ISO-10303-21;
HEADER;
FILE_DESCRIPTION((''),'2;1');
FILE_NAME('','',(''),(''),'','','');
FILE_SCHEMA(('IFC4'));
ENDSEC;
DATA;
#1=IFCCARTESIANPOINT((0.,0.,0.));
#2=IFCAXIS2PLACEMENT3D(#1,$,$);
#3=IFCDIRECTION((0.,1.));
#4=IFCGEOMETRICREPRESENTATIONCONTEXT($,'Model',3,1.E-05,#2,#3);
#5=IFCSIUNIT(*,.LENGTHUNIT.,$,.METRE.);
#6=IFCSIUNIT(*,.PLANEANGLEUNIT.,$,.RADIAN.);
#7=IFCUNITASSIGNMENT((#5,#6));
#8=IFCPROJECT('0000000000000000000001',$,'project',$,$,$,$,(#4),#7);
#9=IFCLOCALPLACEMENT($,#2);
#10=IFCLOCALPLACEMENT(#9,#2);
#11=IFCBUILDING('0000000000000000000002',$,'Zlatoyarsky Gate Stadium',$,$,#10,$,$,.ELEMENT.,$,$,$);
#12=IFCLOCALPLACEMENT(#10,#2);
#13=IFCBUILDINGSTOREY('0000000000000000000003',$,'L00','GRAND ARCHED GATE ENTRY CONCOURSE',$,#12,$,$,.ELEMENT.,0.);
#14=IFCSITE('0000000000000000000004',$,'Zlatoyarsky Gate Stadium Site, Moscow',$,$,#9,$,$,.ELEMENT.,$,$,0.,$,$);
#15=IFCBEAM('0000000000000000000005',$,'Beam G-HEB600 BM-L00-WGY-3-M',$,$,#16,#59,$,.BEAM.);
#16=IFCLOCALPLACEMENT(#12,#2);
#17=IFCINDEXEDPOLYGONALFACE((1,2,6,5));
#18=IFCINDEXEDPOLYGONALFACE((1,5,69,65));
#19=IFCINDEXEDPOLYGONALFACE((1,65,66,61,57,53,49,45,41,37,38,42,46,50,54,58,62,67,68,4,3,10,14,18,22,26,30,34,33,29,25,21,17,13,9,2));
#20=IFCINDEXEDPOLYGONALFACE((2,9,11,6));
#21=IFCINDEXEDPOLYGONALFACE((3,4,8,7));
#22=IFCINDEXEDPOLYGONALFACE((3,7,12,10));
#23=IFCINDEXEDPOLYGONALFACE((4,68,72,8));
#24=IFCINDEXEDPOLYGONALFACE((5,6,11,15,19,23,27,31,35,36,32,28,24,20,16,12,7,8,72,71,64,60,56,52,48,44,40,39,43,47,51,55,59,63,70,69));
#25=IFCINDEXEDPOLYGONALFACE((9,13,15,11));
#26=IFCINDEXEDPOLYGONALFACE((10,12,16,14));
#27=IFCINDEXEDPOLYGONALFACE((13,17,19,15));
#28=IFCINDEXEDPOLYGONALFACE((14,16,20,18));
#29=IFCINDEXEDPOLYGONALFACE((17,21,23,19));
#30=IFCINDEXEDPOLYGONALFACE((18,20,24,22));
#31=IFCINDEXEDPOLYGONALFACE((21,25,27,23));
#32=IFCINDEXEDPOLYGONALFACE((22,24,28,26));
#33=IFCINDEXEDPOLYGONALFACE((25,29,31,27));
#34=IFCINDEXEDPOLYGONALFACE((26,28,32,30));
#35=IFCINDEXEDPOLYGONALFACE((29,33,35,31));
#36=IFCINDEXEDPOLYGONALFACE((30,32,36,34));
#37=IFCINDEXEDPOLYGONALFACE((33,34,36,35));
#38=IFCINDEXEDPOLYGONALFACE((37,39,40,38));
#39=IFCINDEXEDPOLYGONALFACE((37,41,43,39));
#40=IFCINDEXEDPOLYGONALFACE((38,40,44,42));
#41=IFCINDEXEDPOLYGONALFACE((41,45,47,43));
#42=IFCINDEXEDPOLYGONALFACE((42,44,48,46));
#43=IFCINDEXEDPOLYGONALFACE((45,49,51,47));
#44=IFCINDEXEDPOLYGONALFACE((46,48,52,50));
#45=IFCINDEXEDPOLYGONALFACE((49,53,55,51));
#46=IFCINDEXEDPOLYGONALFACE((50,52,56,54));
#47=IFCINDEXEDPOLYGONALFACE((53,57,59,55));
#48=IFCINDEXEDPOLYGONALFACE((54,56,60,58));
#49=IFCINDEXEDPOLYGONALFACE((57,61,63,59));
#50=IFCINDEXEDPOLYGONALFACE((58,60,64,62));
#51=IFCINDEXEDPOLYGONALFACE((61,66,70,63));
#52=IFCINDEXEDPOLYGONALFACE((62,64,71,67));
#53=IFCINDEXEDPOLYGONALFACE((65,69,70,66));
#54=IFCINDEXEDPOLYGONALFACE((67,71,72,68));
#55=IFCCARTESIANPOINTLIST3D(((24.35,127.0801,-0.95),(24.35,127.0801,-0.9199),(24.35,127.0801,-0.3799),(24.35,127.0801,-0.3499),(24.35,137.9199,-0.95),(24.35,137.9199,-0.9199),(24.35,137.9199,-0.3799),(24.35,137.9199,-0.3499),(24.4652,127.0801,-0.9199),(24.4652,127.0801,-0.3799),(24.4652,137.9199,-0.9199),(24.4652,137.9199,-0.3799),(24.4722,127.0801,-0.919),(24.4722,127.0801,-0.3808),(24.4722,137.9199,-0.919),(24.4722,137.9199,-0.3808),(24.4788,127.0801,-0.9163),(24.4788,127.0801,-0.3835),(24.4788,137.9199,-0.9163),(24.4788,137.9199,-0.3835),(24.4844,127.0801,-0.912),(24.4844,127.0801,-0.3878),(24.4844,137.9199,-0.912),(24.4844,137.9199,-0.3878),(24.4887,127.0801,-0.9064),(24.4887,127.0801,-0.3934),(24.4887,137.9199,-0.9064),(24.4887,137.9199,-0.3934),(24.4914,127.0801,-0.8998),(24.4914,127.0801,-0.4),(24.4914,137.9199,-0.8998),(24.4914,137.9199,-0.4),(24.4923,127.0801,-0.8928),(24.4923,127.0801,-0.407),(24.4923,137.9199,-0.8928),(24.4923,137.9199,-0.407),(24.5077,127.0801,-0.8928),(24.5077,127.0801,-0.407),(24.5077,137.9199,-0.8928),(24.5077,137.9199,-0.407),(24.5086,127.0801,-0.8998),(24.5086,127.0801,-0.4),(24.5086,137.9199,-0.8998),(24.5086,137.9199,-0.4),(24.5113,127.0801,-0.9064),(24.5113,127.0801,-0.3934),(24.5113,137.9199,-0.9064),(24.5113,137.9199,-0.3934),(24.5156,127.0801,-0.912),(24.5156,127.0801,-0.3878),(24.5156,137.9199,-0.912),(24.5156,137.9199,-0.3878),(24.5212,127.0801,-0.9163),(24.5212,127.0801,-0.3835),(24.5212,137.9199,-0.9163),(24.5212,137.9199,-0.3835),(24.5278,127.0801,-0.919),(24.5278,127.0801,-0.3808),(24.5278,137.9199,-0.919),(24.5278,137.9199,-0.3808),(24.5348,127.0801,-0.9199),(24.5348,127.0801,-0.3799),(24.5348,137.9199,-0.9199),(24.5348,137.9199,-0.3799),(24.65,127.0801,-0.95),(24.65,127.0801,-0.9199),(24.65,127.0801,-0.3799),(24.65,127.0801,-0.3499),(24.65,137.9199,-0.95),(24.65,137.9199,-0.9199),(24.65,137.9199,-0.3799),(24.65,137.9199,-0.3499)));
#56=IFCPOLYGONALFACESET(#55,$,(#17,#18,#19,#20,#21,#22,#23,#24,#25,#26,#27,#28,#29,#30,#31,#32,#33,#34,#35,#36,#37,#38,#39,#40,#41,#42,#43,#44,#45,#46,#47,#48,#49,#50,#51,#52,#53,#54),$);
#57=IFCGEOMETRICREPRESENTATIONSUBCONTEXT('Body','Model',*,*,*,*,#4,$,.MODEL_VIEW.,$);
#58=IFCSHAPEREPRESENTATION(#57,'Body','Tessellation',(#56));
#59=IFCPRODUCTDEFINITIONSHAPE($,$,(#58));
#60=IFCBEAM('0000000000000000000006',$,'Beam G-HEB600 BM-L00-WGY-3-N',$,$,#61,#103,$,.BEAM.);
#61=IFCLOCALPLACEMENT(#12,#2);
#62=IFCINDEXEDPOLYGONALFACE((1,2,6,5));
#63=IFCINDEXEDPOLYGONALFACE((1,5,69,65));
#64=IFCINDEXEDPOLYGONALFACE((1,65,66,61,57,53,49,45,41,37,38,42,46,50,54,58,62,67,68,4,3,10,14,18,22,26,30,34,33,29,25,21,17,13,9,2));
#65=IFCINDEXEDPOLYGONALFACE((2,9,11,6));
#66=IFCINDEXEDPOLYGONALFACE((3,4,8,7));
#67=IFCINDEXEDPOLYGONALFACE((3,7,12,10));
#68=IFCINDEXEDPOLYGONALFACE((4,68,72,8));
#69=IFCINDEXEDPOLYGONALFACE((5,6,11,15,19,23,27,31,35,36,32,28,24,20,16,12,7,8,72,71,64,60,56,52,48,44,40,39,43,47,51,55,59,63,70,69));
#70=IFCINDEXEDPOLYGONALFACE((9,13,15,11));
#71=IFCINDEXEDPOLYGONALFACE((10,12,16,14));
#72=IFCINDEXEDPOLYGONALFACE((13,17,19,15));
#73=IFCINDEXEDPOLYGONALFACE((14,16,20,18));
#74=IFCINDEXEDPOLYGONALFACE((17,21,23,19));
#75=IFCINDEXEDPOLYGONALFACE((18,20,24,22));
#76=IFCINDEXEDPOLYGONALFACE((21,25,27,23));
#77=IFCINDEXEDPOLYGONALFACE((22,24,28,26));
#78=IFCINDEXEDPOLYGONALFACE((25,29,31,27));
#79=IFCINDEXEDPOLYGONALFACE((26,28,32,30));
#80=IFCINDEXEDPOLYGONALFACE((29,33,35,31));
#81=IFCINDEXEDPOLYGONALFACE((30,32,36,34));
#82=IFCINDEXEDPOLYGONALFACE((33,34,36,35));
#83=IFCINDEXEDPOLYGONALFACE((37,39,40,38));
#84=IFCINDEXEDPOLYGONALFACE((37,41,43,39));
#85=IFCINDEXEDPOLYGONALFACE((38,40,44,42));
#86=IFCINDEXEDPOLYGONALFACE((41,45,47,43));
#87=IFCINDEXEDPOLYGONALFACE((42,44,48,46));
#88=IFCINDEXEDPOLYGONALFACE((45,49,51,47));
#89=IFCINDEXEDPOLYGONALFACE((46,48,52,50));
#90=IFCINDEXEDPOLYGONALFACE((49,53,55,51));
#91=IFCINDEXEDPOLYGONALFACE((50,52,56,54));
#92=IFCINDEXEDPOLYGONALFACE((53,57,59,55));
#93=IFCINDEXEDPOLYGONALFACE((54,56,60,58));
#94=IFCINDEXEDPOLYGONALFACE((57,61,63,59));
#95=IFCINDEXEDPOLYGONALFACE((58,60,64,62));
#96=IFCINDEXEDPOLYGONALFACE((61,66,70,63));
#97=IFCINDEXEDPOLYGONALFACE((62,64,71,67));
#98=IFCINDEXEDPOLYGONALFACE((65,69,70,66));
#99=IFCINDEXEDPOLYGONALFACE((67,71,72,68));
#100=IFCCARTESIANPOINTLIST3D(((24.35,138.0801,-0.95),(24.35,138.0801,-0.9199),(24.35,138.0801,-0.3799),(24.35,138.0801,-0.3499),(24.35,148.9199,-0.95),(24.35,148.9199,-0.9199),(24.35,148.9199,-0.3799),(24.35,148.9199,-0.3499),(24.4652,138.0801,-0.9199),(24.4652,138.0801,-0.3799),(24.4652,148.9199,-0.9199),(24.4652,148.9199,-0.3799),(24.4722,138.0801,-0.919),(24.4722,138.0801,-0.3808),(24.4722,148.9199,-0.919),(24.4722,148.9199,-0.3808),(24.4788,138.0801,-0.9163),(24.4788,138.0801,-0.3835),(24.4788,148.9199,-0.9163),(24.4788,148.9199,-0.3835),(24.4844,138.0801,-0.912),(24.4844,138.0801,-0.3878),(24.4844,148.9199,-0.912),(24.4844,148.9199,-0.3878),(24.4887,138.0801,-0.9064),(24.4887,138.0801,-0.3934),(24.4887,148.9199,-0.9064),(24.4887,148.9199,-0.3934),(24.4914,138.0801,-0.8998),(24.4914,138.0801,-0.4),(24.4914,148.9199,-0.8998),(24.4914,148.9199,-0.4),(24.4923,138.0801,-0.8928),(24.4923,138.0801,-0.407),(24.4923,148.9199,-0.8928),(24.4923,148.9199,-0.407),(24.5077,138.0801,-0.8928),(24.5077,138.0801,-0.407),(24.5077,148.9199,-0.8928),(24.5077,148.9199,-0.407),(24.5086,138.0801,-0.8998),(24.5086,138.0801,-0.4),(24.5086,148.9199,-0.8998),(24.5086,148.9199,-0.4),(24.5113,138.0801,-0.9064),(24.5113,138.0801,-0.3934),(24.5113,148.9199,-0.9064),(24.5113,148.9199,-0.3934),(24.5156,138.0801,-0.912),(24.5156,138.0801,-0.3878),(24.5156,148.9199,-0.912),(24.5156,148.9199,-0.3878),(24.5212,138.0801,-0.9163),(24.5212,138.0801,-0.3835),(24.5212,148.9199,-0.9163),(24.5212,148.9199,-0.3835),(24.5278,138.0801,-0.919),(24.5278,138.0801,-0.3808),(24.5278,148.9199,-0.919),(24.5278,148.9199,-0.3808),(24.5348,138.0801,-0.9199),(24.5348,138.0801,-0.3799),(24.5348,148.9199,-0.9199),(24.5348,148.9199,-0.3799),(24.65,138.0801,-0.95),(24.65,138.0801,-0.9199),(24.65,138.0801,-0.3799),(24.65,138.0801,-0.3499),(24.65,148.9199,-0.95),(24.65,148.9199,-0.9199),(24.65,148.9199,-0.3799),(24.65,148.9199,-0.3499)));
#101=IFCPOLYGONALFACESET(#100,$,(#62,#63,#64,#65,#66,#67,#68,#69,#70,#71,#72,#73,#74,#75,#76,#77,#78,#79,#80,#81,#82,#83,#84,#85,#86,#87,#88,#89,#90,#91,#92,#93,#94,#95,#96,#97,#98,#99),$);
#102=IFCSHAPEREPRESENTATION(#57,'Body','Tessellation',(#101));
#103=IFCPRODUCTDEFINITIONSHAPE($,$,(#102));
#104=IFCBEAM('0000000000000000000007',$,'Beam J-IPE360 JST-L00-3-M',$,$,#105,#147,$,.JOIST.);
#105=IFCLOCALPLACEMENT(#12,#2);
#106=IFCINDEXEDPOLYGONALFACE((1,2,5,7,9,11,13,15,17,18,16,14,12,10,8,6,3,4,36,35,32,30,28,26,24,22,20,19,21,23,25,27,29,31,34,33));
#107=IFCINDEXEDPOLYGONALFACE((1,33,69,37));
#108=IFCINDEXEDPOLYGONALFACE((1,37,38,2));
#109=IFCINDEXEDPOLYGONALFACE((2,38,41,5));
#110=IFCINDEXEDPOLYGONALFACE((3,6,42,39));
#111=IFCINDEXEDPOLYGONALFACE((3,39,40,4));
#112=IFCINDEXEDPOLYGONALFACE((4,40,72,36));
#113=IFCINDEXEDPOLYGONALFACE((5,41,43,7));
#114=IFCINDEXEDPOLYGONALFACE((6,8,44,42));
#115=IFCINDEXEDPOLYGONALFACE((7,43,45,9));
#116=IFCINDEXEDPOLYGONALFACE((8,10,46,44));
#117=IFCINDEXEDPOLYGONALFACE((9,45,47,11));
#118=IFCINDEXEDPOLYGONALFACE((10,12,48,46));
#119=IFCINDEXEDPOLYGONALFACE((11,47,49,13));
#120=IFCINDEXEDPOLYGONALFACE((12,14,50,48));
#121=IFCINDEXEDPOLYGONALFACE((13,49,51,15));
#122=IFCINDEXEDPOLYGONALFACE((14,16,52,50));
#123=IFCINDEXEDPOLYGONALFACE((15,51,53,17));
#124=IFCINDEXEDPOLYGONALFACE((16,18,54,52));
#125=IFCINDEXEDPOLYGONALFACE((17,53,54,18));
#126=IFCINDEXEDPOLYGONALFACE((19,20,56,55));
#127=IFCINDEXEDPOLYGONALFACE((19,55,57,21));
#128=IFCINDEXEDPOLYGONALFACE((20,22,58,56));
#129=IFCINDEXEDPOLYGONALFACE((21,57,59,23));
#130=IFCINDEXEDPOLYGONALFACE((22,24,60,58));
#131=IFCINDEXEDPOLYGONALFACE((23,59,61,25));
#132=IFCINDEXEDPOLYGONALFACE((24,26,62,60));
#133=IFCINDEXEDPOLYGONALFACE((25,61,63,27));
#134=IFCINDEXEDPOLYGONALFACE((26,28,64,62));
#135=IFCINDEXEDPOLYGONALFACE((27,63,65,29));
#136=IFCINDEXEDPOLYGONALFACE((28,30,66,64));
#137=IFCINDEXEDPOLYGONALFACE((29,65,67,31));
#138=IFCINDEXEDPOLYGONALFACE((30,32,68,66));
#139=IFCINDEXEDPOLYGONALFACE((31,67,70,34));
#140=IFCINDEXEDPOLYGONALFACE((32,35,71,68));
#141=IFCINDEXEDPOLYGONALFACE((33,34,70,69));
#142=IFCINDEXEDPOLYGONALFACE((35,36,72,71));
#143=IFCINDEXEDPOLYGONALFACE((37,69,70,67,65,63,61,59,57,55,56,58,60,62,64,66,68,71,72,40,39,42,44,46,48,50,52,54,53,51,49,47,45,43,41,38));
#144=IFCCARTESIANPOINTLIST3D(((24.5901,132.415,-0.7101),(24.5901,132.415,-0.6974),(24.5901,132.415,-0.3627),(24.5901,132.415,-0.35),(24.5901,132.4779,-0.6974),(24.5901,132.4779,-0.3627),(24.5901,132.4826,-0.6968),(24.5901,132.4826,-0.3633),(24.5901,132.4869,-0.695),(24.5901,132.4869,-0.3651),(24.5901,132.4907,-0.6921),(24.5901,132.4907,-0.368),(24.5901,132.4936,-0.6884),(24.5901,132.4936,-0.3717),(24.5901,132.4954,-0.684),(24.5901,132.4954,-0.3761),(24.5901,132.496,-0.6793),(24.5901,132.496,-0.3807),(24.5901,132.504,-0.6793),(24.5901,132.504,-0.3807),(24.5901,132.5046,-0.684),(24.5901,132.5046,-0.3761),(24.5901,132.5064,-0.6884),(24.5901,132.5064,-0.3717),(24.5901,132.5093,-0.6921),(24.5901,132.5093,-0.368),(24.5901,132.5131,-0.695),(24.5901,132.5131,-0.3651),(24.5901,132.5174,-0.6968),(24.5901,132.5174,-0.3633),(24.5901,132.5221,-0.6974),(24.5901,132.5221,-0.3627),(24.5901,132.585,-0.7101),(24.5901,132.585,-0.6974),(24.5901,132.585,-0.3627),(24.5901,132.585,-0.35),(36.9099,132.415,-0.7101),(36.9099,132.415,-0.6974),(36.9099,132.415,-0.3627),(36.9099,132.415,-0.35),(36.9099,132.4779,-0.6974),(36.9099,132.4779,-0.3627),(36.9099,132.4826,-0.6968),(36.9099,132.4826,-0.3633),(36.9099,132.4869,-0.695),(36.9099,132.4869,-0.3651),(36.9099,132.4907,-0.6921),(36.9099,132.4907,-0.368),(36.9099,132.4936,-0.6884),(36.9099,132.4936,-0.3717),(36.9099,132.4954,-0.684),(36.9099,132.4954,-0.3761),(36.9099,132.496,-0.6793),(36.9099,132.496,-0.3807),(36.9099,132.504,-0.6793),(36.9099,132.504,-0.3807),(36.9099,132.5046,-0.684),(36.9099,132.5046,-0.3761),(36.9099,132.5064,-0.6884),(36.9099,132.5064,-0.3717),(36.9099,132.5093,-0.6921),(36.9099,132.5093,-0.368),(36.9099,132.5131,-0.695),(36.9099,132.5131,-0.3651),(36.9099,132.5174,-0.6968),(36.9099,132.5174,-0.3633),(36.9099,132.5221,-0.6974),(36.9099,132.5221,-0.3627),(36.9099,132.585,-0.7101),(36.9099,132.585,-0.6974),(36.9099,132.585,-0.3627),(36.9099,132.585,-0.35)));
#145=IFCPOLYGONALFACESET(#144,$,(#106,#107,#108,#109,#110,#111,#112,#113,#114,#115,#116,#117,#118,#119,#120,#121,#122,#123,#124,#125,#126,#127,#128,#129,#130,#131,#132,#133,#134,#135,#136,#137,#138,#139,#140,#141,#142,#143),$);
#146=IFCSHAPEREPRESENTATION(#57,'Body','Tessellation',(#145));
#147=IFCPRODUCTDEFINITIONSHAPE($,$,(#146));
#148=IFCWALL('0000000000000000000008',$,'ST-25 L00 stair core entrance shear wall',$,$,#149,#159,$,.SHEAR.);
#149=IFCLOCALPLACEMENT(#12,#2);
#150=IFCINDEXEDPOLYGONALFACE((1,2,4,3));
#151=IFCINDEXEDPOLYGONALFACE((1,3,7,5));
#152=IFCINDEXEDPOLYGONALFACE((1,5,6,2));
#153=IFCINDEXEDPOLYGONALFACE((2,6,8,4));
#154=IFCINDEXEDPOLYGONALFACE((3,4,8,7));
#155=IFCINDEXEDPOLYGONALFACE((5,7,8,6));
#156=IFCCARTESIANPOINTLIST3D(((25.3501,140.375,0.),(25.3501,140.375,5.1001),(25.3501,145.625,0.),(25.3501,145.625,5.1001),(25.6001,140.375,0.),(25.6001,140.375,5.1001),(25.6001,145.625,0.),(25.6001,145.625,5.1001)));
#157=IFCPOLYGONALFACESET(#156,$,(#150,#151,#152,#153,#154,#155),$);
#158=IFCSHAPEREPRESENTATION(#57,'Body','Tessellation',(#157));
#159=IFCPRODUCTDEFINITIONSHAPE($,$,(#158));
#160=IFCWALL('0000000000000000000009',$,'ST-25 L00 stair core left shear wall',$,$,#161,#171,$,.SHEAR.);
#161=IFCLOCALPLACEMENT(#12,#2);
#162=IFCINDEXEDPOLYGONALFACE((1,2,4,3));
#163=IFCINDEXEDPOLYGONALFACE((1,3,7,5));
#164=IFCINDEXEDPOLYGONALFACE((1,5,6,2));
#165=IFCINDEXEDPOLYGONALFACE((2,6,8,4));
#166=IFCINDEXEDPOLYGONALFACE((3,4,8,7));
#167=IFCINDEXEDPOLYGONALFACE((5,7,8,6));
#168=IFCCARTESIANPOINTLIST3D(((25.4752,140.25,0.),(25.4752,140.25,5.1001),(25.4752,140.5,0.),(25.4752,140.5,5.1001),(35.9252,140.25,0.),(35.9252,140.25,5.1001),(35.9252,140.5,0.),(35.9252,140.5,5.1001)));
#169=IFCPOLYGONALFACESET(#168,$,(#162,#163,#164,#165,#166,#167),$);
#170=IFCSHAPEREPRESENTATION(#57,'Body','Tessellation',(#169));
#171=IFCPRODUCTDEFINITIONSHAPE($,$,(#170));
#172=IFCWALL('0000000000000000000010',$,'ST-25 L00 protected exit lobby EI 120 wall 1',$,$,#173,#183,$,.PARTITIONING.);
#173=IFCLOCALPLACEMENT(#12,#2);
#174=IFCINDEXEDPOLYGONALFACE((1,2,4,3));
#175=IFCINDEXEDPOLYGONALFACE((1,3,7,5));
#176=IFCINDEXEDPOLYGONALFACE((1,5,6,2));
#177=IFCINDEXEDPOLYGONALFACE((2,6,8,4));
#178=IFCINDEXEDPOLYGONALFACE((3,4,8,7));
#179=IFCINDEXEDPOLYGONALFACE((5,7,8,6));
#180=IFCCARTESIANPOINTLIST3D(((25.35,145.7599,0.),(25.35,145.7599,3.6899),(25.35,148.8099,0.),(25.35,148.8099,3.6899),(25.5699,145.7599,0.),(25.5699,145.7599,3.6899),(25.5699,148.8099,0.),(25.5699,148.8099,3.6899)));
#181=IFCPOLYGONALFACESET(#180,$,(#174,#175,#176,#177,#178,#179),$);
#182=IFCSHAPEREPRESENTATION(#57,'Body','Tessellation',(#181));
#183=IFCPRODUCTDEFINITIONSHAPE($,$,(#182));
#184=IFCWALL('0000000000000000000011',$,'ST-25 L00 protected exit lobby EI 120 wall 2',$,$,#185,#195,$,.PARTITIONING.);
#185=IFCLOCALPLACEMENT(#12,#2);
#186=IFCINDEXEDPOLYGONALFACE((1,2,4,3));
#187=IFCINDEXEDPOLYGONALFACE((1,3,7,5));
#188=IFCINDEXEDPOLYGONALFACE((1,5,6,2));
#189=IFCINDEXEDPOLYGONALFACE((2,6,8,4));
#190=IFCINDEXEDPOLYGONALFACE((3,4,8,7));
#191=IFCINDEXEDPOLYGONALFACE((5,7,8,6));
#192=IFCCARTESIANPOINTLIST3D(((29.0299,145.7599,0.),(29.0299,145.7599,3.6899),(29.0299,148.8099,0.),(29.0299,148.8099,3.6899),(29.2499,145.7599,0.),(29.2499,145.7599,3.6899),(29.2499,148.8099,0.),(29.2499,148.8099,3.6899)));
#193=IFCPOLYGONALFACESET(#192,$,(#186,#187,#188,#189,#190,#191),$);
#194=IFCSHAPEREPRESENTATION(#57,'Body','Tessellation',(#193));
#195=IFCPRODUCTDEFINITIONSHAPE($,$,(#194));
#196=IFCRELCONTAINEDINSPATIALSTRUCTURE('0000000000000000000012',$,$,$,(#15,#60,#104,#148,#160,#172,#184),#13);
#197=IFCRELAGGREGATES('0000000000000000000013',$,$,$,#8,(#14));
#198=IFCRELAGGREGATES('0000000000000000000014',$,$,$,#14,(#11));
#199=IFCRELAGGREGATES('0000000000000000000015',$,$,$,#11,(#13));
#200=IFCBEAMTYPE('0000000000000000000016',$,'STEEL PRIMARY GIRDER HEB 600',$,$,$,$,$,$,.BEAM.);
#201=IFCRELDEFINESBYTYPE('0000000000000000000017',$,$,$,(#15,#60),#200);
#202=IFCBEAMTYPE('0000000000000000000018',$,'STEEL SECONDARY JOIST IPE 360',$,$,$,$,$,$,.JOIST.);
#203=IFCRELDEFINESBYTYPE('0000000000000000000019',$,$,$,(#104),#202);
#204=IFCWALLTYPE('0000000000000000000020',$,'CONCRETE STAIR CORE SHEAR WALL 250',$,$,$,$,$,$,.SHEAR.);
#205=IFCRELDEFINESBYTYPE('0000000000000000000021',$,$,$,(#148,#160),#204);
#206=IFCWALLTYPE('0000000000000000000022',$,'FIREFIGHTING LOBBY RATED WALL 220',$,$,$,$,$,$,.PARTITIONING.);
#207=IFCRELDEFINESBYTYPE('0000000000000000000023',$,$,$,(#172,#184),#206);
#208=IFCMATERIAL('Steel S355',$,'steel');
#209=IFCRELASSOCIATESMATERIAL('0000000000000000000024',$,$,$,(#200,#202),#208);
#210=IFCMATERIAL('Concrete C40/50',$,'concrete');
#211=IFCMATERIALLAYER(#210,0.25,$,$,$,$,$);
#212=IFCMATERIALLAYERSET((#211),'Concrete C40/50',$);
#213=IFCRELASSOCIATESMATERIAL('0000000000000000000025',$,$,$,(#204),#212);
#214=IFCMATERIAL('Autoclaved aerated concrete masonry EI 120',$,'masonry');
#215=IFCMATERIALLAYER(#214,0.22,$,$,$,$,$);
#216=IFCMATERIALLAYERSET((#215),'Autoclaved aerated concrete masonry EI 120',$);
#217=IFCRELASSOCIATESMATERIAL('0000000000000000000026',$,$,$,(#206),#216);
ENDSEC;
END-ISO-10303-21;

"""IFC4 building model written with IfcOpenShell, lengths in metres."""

from ifc_helpers import new_model, si_unit, direction, frame, frame_2d, origin, origin_2d, place, context, subcontext, project, spatial, rectangle, i_section, extrude, material, layer, layer_set, material_profile, profile_set, type_object, element, save


model = new_model("IFC4")

# Units and contexts
model_context = context("Model", 3, precision=1e-05, world=origin(), true_north=direction((0.0, 1.0)))
body_context = subcontext(model_context, "Body", "Model", "MODEL_VIEW")
ifc_project = project(units=[si_unit("LENGTHUNIT", "METRE"), si_unit("PLANEANGLEUNIT", "RADIAN")], contexts=[model_context])

# Site, building, storey
site_placement = place(None, origin())
site = spatial("IfcSite", under=ifc_project, at=site_placement, Name="Zlatoyarsky Gate Stadium Site, Moscow", CompositionType="ELEMENT", RefElevation=0.0)
building_placement = place(site_placement, origin())
building = spatial("IfcBuilding", under=site, at=building_placement, Name="Zlatoyarsky Gate Stadium", CompositionType="ELEMENT")
storey_placement = place(building_placement, origin())
storey = spatial("IfcBuildingStorey", under=building, at=storey_placement, Name="L00", Description="GRAND ARCHED GATE ENTRY CONCOURSE", CompositionType="ELEMENT", Elevation=0.0)

# Shared definitions
ifc_material_1 = material(Name="Concrete C40/50", Category="concrete")

# Beams
ifc_material_2 = material(Name="Steel S355", Category="steel")
ifc_material_profile_1 = material_profile(ifc_material_2, i_section(OverallWidth=0.3, OverallDepth=0.6001, WebThickness=0.0154, FlangeThickness=0.03, FilletRadius=0.0271, at=origin_2d()), Name="HEB 600")
ifc_profile_set_1 = profile_set([ifc_material_profile_1], Name="Steel S355")
beam_type_1 = type_object("IfcBeamType", Name="STEEL PRIMARY GIRDER HEB 600", PredefinedType="BEAM", material=ifc_profile_set_1)
for number, where, z_axis, x_axis, name in (
    (1, (24.5, 127.0801, -0.6499), (0.0, 1.0, 0.0), (-1.0, 0.0, 0.0), "Beam G-HEB600 BM-L00-WGY-3-M"),
    (2, (24.5, 138.0801, -0.6499), (0.0, 1.0, 0.0), (-1.0, 0.0, 0.0), "Beam G-HEB600 BM-L00-WGY-3-N"),
):
    element("IfcBeam", number, at=place(storey_placement, frame(where, z_axis=z_axis, x_axis=x_axis)), inside=storey, type_object=beam_type_1, Name=name, PredefinedType="BEAM", context=body_context, shape_type="SweptSolid", body=[
        extrude(i_section(OverallWidth=0.3, OverallDepth=0.6001, WebThickness=0.0154, FlangeThickness=0.03, FilletRadius=0.0271, at=origin_2d()), origin(), (0.0, 0.0, 1.0), 10.8398),
    ])
ifc_material_profile_2 = material_profile(ifc_material_2, i_section(OverallWidth=0.1699, OverallDepth=0.3601, WebThickness=0.0081, FlangeThickness=0.0127, FilletRadius=0.0181, at=origin_2d()), Name="IPE 360")
ifc_profile_set_2 = profile_set([ifc_material_profile_2], Name="Steel S355")
beam_type_2 = type_object("IfcBeamType", Name="STEEL SECONDARY JOIST IPE 360", PredefinedType="JOIST", material=ifc_profile_set_2)
beam_placement = place(storey_placement, frame((24.5901, 132.5, -0.53), z_axis=(1.0, 0.0, 0.0), x_axis=(0.0, 1.0, 0.0)))
element("IfcBeam", 3, at=beam_placement, inside=storey, type_object=beam_type_2, Name="Beam J-IPE360 JST-L00-3-M", PredefinedType="JOIST", context=body_context, shape_type="SweptSolid", body=[
    extrude(i_section(OverallWidth=0.1699, OverallDepth=0.3601, WebThickness=0.0081, FlangeThickness=0.0127, FilletRadius=0.0181, at=origin_2d()), origin(), (0.0, 0.0, 1.0), 12.3198),
])

# Walls
ifc_layer_1 = layer(ifc_material_1, 0.25)
ifc_layer_set_1 = layer_set([ifc_layer_1], Name="Concrete C40/50")
wall_type_1 = type_object("IfcWallType", Name="CONCRETE STAIR CORE SHEAR WALL 250", PredefinedType="SHEAR", material=ifc_layer_set_1)
wall_1_placement = place(storey_placement, frame((25.4751, 145.625, 0.0), z_axis=(0.0, 0.0, 1.0), x_axis=(0.0, -1.0, 0.0)))
element("IfcWall", 4, at=wall_1_placement, inside=storey, type_object=wall_type_1, Name="ST-25 L00 stair core entrance shear wall", PredefinedType="SHEAR", context=body_context, shape_type="SweptSolid", body=[
    extrude(rectangle(XDim=5.25, YDim=0.25, at=frame_2d((2.625, 0.0))), origin(), (0.0, 0.0, 1.0), 5.1001),
])
wall_2_placement = place(storey_placement, frame((25.4751, 140.375, 0.0), z_axis=(0.0, 0.0, 1.0), x_axis=(1.0, 0.0, 0.0)))
element("IfcWall", 5, at=wall_2_placement, inside=storey, type_object=wall_type_1, Name="ST-25 L00 stair core left shear wall", PredefinedType="SHEAR", context=body_context, shape_type="SweptSolid", body=[
    extrude(rectangle(XDim=10.45, YDim=0.25, at=frame_2d((5.2251, 0.0))), origin(), (0.0, 0.0, 1.0), 5.1001),
])
ifc_material_3 = material(Name="Autoclaved aerated concrete masonry EI 120", Category="masonry")
ifc_layer_2 = layer(ifc_material_3, 0.22)
ifc_layer_set_2 = layer_set([ifc_layer_2], Name="Autoclaved aerated concrete masonry EI 120")
wall_type_2 = type_object("IfcWallType", Name="FIREFIGHTING LOBBY RATED WALL 220", PredefinedType="PARTITIONING", material=ifc_layer_set_2)
for number, where, z_axis, x_axis, name in (
    (6, (25.46, 145.76, 0.0), (0.0, 0.0, 1.0), (0.0, 1.0, 0.0), "ST-25 L00 protected exit lobby EI 120 wall 1"),
    (7, (29.1399, 145.76, 0.0), (0.0, 0.0, 1.0), (0.0, 1.0, 0.0), "ST-25 L00 protected exit lobby EI 120 wall 2"),
):
    element("IfcWall", number, at=place(storey_placement, frame(where, z_axis=z_axis, x_axis=x_axis)), inside=storey, type_object=wall_type_2, Name=name, PredefinedType="PARTITIONING", context=body_context, shape_type="SweptSolid", body=[
        extrude(rectangle(XDim=3.05, YDim=0.22, at=frame_2d((1.5249, 0.0))), origin(), (0.0, 0.0, 1.0), 3.6899),
    ])

save(model, "model.ifc")
